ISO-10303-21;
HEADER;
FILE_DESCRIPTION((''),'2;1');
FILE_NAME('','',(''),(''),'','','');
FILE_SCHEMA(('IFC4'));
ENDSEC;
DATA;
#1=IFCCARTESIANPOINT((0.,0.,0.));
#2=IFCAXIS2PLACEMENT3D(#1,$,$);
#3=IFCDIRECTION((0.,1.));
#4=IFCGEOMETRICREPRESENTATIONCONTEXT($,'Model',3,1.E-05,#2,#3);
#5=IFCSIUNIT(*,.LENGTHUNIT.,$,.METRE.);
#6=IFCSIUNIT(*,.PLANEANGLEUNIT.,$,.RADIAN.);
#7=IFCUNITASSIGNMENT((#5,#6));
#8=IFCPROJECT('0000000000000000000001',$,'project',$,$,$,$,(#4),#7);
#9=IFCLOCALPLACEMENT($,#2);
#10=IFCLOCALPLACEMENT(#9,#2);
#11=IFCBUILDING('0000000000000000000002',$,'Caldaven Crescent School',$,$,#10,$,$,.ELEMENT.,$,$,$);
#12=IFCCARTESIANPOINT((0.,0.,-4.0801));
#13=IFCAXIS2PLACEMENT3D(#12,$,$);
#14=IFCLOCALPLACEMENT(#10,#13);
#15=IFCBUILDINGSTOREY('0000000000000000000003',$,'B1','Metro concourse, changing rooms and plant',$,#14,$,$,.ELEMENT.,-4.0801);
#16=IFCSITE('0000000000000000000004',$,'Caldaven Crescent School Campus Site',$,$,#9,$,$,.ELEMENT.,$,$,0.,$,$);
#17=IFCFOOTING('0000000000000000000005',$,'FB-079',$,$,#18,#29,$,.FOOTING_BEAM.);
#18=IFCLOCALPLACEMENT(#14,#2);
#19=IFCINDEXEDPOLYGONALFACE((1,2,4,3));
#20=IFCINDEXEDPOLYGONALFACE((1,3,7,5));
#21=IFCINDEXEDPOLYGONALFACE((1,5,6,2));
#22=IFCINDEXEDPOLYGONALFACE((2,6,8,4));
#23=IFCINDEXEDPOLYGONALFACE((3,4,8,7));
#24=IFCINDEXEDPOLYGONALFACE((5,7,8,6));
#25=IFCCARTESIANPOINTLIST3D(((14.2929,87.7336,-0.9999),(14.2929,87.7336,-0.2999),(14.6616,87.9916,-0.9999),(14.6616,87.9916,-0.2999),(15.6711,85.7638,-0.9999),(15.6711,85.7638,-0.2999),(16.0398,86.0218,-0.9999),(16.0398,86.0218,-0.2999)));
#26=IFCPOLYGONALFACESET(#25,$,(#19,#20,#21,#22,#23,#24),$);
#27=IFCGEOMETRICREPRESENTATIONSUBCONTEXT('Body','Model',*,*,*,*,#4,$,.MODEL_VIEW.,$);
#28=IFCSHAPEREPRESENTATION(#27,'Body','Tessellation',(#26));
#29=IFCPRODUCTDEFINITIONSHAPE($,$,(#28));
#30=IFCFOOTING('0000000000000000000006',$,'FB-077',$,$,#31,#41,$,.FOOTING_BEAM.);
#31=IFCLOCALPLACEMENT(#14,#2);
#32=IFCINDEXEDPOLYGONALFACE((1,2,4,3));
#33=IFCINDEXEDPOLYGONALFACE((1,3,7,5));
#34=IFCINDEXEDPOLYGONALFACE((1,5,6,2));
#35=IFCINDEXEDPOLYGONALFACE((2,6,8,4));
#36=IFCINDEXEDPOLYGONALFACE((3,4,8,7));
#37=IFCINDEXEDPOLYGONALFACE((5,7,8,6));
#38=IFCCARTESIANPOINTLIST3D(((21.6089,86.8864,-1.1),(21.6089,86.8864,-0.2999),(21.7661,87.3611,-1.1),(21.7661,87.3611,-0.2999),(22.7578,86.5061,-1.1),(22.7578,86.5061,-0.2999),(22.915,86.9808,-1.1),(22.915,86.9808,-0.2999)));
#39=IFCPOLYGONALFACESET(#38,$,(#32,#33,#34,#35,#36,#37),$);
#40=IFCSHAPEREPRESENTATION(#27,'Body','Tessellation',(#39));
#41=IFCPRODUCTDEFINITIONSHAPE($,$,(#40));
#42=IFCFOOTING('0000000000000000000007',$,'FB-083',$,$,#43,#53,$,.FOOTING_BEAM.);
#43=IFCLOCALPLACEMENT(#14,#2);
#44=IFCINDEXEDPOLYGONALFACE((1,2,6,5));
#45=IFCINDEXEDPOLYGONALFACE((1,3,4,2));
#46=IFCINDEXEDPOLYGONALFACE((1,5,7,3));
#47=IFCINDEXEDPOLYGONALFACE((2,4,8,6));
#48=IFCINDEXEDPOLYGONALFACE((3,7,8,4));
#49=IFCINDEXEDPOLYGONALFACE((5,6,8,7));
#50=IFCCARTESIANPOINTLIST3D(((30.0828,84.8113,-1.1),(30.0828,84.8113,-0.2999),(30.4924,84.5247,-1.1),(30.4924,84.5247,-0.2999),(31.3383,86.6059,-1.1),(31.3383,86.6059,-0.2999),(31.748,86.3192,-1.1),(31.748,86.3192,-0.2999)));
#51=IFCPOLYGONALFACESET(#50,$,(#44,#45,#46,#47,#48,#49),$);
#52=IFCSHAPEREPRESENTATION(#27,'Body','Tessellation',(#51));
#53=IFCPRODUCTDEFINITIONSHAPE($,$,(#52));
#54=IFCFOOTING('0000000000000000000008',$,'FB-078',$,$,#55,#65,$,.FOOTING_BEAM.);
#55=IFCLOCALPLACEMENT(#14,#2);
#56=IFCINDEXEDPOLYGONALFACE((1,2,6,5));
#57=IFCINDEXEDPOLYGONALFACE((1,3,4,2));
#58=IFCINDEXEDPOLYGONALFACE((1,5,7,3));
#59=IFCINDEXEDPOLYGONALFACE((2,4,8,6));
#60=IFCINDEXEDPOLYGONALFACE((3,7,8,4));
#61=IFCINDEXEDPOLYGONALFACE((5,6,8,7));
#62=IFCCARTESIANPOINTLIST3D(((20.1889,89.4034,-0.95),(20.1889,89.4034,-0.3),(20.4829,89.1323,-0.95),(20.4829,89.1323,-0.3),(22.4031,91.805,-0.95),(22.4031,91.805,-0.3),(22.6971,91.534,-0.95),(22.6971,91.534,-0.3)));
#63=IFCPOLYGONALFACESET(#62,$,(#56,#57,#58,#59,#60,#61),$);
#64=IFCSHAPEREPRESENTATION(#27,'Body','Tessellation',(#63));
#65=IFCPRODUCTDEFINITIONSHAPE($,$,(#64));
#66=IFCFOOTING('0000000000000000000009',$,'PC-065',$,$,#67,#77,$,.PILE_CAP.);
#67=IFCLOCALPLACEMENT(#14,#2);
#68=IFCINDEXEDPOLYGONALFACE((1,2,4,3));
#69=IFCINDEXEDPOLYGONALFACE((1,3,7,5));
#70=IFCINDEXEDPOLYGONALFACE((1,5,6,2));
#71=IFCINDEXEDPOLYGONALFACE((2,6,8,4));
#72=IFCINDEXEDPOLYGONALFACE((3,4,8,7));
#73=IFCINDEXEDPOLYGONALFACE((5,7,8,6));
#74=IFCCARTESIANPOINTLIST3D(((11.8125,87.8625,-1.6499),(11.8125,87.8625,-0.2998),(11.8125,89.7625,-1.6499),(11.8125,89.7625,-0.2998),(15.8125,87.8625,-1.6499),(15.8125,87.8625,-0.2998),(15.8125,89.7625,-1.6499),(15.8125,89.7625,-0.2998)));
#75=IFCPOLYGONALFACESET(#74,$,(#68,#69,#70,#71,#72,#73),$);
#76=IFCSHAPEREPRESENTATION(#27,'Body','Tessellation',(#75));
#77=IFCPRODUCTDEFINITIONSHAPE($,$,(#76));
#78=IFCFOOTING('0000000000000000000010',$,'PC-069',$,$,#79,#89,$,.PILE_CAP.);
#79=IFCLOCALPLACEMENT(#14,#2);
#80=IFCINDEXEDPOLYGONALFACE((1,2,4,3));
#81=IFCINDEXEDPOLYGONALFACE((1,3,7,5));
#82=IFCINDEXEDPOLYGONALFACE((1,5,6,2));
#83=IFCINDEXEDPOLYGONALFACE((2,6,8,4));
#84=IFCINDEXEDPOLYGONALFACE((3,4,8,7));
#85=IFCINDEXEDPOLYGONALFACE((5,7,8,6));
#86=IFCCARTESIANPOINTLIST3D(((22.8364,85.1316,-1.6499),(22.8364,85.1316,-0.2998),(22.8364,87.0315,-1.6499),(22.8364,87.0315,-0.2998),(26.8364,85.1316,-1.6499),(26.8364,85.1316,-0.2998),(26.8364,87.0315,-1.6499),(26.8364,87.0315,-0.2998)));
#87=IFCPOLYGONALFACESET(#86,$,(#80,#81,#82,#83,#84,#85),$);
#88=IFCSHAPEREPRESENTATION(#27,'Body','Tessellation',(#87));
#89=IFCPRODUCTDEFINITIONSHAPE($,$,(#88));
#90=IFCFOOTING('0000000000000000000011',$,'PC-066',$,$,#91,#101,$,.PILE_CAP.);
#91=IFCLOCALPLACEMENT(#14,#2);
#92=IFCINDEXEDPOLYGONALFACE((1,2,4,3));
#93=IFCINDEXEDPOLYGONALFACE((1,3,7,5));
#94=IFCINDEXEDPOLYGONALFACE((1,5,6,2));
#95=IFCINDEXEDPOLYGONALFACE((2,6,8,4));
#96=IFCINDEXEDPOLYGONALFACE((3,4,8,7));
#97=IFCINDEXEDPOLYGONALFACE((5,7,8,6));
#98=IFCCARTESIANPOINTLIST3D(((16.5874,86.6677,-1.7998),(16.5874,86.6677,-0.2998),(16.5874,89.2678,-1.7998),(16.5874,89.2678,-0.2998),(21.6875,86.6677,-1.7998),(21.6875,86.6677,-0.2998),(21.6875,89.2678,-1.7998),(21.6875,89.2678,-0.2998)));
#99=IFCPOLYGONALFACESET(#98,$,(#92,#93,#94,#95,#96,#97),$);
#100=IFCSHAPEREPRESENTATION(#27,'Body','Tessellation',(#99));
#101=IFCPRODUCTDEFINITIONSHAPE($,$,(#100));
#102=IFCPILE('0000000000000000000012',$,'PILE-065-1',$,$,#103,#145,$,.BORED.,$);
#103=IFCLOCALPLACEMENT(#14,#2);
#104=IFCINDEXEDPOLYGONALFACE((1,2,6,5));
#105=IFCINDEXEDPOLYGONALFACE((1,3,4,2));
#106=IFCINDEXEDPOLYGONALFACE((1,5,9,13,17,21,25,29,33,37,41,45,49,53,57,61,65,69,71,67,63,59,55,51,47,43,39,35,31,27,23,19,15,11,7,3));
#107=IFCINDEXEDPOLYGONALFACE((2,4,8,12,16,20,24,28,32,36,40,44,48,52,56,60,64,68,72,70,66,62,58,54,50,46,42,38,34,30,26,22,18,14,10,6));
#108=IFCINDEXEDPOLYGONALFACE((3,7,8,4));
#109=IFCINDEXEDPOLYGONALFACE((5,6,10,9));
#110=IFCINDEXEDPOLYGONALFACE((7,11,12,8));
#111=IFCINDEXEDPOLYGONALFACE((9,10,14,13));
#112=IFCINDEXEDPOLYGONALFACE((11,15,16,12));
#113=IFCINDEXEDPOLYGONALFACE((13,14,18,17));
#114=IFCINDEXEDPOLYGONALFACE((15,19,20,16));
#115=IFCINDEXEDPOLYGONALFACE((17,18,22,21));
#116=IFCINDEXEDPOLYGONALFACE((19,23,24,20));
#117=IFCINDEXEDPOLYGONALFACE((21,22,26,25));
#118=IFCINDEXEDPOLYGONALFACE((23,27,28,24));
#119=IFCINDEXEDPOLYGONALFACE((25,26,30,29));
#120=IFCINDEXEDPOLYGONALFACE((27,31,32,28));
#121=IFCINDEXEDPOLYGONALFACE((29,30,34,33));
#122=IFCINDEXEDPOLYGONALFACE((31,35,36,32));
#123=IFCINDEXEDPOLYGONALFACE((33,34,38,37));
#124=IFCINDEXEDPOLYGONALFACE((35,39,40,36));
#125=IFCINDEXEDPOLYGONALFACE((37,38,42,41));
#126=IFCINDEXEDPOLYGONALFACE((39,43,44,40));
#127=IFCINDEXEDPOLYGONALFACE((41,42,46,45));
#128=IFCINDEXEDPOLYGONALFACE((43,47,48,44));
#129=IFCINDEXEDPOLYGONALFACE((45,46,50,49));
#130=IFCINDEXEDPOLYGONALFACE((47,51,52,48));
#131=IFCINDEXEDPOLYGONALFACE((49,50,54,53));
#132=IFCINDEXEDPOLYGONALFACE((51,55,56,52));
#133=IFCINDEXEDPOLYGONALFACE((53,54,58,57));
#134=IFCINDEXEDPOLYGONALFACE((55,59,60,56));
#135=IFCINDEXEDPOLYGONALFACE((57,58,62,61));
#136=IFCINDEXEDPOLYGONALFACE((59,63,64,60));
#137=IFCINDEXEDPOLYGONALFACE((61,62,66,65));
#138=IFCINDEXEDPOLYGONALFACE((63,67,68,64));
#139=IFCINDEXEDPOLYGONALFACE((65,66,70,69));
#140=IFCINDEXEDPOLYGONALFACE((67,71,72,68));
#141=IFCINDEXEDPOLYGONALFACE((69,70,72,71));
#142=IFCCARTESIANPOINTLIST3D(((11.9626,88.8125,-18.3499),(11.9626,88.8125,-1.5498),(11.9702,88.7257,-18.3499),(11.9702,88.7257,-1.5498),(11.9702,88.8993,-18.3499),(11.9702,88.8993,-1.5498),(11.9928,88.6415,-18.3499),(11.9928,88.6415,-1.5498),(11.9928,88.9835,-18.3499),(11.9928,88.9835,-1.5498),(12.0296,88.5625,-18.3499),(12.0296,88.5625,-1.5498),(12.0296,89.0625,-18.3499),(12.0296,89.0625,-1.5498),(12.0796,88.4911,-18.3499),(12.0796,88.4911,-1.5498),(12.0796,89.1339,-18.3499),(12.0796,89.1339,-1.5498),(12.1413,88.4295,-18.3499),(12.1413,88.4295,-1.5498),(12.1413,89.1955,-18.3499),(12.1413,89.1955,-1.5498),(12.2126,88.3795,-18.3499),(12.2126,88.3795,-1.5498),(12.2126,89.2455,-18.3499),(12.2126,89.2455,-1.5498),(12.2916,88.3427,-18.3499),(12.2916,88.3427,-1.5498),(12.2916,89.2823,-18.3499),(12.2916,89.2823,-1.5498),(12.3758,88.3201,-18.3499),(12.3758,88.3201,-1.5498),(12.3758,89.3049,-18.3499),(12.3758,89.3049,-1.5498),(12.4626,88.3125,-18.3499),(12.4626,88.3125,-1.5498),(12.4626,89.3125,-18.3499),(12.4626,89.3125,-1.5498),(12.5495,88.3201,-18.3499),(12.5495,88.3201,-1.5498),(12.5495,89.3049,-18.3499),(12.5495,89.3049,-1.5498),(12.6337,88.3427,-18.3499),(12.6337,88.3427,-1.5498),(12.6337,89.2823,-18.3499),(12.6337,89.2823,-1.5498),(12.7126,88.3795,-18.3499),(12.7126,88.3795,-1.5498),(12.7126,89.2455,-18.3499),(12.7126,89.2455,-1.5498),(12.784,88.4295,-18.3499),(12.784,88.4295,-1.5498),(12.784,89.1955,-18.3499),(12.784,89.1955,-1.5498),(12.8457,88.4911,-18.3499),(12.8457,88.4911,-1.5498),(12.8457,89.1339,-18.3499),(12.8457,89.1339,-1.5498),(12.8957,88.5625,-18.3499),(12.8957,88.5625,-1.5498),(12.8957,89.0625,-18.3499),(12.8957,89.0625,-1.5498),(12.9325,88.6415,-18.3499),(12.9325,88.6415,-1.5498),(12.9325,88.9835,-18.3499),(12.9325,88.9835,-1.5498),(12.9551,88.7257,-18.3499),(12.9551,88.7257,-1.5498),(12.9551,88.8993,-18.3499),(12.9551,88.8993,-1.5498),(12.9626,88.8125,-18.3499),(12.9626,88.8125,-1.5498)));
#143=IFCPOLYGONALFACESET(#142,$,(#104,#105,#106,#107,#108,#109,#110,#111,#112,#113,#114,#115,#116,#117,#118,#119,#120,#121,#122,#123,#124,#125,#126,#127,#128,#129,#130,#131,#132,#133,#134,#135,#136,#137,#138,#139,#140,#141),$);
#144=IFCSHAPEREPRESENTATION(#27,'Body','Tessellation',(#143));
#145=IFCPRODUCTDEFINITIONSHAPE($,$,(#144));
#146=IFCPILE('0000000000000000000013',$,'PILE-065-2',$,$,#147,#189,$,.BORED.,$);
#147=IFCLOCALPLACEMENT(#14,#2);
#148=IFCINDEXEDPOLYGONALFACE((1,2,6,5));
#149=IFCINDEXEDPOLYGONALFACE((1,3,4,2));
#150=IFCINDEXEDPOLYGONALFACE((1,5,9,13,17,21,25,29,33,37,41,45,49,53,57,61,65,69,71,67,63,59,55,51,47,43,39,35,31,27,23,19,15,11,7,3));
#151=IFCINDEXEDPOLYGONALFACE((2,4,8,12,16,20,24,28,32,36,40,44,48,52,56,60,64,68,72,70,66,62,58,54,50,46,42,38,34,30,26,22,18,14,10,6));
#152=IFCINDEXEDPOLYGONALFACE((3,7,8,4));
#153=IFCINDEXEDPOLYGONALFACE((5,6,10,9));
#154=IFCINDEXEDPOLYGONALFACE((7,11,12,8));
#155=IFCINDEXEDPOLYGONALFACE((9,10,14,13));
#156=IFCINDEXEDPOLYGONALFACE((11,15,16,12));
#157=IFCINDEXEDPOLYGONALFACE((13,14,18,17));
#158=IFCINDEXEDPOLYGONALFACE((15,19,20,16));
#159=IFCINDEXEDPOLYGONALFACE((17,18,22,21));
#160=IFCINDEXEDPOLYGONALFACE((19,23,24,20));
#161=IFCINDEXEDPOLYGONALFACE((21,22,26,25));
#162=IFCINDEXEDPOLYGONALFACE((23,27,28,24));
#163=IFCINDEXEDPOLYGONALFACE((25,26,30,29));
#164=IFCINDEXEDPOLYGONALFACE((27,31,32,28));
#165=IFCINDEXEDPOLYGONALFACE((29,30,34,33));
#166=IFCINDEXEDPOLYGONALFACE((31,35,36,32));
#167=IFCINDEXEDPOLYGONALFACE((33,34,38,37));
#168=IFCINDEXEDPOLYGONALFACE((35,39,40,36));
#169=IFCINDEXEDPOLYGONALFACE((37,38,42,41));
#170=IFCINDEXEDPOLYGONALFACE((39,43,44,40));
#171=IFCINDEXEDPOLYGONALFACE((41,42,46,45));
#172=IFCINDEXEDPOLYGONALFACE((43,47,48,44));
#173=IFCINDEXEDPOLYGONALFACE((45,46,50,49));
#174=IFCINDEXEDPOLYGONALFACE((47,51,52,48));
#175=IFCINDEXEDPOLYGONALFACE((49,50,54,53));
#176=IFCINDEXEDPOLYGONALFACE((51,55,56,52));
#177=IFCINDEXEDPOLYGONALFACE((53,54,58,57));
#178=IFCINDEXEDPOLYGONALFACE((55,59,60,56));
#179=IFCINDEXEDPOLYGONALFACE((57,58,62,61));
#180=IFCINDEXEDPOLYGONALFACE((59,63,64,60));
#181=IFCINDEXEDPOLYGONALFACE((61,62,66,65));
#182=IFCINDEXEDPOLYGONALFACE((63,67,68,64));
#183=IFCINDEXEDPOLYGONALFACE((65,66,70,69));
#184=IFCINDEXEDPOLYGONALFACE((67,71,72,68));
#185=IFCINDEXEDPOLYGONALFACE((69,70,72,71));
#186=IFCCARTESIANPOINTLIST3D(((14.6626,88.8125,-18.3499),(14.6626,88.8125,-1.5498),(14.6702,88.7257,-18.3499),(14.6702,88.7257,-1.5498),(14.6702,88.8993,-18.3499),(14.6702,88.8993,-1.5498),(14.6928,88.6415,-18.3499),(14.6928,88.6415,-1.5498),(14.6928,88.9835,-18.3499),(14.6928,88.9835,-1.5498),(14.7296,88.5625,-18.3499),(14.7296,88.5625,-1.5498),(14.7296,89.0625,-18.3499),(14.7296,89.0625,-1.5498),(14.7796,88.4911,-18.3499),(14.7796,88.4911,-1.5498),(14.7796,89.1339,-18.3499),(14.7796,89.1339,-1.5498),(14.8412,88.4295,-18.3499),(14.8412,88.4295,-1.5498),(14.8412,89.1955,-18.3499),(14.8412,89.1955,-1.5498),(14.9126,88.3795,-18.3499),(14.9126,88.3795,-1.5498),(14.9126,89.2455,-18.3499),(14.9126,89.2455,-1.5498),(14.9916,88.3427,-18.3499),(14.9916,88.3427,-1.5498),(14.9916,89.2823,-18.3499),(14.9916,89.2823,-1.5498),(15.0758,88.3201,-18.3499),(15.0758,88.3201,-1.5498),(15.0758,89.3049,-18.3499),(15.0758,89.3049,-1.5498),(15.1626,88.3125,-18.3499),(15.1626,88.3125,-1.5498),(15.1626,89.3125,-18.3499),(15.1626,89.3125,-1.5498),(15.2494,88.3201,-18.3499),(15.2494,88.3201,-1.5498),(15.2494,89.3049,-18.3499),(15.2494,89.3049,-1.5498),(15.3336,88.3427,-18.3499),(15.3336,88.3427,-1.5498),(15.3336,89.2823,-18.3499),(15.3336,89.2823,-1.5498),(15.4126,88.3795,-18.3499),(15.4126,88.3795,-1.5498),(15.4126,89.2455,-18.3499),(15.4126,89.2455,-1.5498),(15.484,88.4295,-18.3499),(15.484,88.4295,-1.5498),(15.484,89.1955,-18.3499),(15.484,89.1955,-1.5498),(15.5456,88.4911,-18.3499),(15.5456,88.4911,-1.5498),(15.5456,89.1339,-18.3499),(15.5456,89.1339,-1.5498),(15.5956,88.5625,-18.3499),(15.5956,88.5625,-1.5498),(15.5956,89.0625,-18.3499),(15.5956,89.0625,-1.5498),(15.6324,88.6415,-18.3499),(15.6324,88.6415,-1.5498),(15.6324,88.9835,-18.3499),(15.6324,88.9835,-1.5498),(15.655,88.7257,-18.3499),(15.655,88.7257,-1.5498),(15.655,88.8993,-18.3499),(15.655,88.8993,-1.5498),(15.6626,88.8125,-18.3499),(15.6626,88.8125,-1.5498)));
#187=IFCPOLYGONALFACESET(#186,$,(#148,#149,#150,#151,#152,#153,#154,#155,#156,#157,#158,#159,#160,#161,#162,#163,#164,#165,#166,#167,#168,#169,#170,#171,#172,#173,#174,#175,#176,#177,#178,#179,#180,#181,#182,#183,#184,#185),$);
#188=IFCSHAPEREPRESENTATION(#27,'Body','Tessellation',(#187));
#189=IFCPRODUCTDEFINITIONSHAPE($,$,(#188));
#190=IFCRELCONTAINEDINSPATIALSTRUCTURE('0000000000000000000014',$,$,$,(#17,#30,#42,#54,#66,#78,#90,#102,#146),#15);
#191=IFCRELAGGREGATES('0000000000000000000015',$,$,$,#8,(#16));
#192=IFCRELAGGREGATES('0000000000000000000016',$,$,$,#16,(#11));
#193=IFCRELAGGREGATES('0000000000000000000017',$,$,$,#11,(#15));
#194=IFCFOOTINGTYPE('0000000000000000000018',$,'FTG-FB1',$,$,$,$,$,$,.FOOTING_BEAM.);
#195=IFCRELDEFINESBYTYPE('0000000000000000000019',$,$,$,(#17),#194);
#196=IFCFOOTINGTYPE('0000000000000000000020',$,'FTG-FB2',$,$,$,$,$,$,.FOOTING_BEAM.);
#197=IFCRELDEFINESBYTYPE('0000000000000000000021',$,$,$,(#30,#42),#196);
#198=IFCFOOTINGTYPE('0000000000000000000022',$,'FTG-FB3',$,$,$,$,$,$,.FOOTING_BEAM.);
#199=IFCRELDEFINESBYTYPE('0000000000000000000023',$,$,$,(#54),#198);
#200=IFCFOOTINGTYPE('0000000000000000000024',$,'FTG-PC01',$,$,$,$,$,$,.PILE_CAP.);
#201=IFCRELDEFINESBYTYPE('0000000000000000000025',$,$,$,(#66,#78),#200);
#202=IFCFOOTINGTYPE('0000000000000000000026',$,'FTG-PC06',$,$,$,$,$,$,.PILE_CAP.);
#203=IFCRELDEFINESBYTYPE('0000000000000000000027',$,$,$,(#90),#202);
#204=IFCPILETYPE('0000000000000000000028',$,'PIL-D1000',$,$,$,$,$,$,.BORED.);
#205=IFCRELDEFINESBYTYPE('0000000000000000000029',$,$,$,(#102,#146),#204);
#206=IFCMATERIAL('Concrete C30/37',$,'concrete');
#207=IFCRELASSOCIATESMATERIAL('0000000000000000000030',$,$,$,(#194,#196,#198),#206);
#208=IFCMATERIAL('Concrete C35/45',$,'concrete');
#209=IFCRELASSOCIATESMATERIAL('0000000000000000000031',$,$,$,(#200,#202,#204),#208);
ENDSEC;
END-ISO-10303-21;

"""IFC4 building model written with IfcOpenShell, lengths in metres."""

from ifc_helpers import new_model, si_unit, direction, frame, origin, origin_2d, place, context, subcontext, project, spatial, rectangle, circle, extrude, material, material_profile, profile_set, type_object, element, save


model = new_model("IFC4")

# Units and contexts
model_context = context("Model", 3, precision=1e-05, world=origin(), true_north=direction((0.0, 1.0)))
body_context = subcontext(model_context, "Body", "Model", "MODEL_VIEW")
ifc_project = project(units=[si_unit("LENGTHUNIT", "METRE"), si_unit("PLANEANGLEUNIT", "RADIAN")], contexts=[model_context])

# Site, building, storey
site_placement = place(None, origin())
site = spatial("IfcSite", under=ifc_project, at=site_placement, Name="Caldaven Crescent School Campus Site", CompositionType="ELEMENT", RefElevation=0.0)
building_placement = place(site_placement, origin())
building = spatial("IfcBuilding", under=site, at=building_placement, Name="Caldaven Crescent School", CompositionType="ELEMENT")
storey_placement = place(building_placement, frame((0.0, 0.0, -4.0801)))
storey = spatial("IfcBuildingStorey", under=building, at=storey_placement, Name="B1", Description="Metro concourse, changing rooms and plant", CompositionType="ELEMENT", Elevation=-4.0801)

# Footings
ifc_material_1 = material(Name="Concrete C30/37", Category="concrete")
ifc_material_profile_1 = material_profile(ifc_material_1, rectangle(XDim=0.45, YDim=0.7, at=origin_2d()), Name="FB 450x700")
ifc_profile_set_1 = profile_set([ifc_material_profile_1], Name="Concrete C30/37")
footing_type_1 = type_object("IfcFootingType", Name="FTG-FB1", PredefinedType="FOOTING_BEAM", material=ifc_profile_set_1)
footing_1_placement = place(storey_placement, frame((15.8555, 85.8928, -0.6499), z_axis=(-0.573285, 0.819356, 0.0), x_axis=(-0.819356, -0.573285, 0.0)))
element("IfcFooting", 1, at=footing_1_placement, inside=storey, type_object=footing_type_1, Name="FB-079", PredefinedType="FOOTING_BEAM", context=body_context, shape_type="SweptSolid", body=[
    extrude(rectangle(XDim=0.45, YDim=0.7, at=origin_2d()), origin(), (0.0, 0.0, 1.0), 2.4041),
])
ifc_material_profile_2 = material_profile(ifc_material_1, rectangle(XDim=0.5, YDim=0.8, at=origin_2d()), Name="FB 500x800")
ifc_profile_set_2 = profile_set([ifc_material_profile_2], Name="Concrete C30/37")
footing_type_2 = type_object("IfcFootingType", Name="FTG-FB2", PredefinedType="FOOTING_BEAM", material=ifc_profile_set_2)
footing_2_placement = place(storey_placement, frame((21.6875, 87.1238, -0.7), z_axis=(0.949327, -0.314291, 0.0), x_axis=(0.314291, 0.949327, 0.0)))
element("IfcFooting", 2, at=footing_2_placement, inside=storey, type_object=footing_type_2, Name="FB-077", PredefinedType="FOOTING_BEAM", context=body_context, shape_type="SweptSolid", body=[
    extrude(rectangle(XDim=0.5, YDim=0.8, at=origin_2d()), origin(), (0.0, 0.0, 1.0), 1.2102),
])
footing_3_placement = place(storey_placement, frame((30.2876, 84.668, -0.7), z_axis=(0.57326, 0.819373, 0.0), x_axis=(-0.819373, 0.57326, 0.0)))
element("IfcFooting", 3, at=footing_3_placement, inside=storey, type_object=footing_type_2, Name="FB-083", PredefinedType="FOOTING_BEAM", context=body_context, shape_type="SweptSolid", body=[
    extrude(rectangle(XDim=0.5, YDim=0.8, at=origin_2d()), origin(), (0.0, 0.0, 1.0), 2.1902),
])
ifc_material_profile_3 = material_profile(ifc_material_1, rectangle(XDim=0.3999, YDim=0.6499, at=origin_2d()), Name="FB 400x650")
ifc_profile_set_3 = profile_set([ifc_material_profile_3], Name="Concrete C30/37")
footing_type_3 = type_object("IfcFootingType", Name="FTG-FB3", PredefinedType="FOOTING_BEAM", material=ifc_profile_set_3)
footing_4_placement = place(storey_placement, frame((20.3359, 89.2678, -0.625), z_axis=(0.677824, 0.735225, 0.0), x_axis=(-0.735225, 0.677824, 0.0)))
element("IfcFooting", 4, at=footing_4_placement, inside=storey, type_object=footing_type_3, Name="FB-078", PredefinedType="FOOTING_BEAM", context=body_context, shape_type="SweptSolid", body=[
    extrude(rectangle(XDim=0.3999, YDim=0.6499, at=origin_2d()), origin(), (0.0, 0.0, 1.0), 3.2666),
])
ifc_material_2 = material(Name="Concrete C35/45", Category="concrete")
footing_type_4 = type_object("IfcFootingType", Name="FTG-PC01", PredefinedType="PILE_CAP", material=ifc_material_2)
for number, where, z_axis, x_axis, name in (
    (5, (13.8125, 88.8125, -1.6499), (0.0, 0.0, 1.0), (1.0, 0.0, 0.0), "PC-065"),
    (6, (24.8364, 86.0815, -1.6499), (0.0, 0.0, 1.0), (1.0, 0.0, 0.0), "PC-069"),
):
    element("IfcFooting", number, at=place(storey_placement, frame(where, z_axis=z_axis, x_axis=x_axis)), inside=storey, type_object=footing_type_4, Name=name, PredefinedType="PILE_CAP", context=body_context, shape_type="SweptSolid", body=[
        extrude(rectangle(XDim=4.0, YDim=1.8999, at=origin_2d()), origin(), (0.0, 0.0, 1.0), 1.3501),
    ])
footing_type_5 = type_object("IfcFootingType", Name="FTG-PC06", PredefinedType="PILE_CAP", material=ifc_material_2)
footing_5_placement = place(storey_placement, frame((19.1375, 87.9678, -1.7998), z_axis=(0.0, 0.0, 1.0), x_axis=(1.0, 0.0, 0.0)))
element("IfcFooting", 7, at=footing_5_placement, inside=storey, type_object=footing_type_5, Name="PC-066", PredefinedType="PILE_CAP", context=body_context, shape_type="SweptSolid", body=[
    extrude(rectangle(XDim=5.1001, YDim=2.6001, at=origin_2d()), origin(), (0.0, 0.0, 1.0), 1.5),
])

# Piles
ifc_material_profile_4 = material_profile(ifc_material_2, circle(Radius=0.5, at=origin_2d()), Name="PILE D1000")
ifc_profile_set_4 = profile_set([ifc_material_profile_4], Name="Concrete C35/45")
pile_type_1 = type_object("IfcPileType", Name="PIL-D1000", PredefinedType="BORED", material=ifc_profile_set_4)
for number, where, z_axis, x_axis, name in (
    (8, (12.4626, 88.8125, -1.5498), (0.0, 0.0, -1.0), (1.0, 0.0, 0.0), "PILE-065-1"),
    (9, (15.1626, 88.8125, -1.5498), (0.0, 0.0, -1.0), (1.0, 0.0, 0.0), "PILE-065-2"),
):
    element("IfcPile", number, at=place(storey_placement, frame(where, z_axis=z_axis, x_axis=x_axis)), inside=storey, type_object=pile_type_1, Name=name, PredefinedType="BORED", context=body_context, shape_type="SweptSolid", body=[
        extrude(circle(Radius=0.5, at=origin_2d()), origin(), (0.0, 0.0, 1.0), 16.8),
    ])

save(model, "model.ifc")
